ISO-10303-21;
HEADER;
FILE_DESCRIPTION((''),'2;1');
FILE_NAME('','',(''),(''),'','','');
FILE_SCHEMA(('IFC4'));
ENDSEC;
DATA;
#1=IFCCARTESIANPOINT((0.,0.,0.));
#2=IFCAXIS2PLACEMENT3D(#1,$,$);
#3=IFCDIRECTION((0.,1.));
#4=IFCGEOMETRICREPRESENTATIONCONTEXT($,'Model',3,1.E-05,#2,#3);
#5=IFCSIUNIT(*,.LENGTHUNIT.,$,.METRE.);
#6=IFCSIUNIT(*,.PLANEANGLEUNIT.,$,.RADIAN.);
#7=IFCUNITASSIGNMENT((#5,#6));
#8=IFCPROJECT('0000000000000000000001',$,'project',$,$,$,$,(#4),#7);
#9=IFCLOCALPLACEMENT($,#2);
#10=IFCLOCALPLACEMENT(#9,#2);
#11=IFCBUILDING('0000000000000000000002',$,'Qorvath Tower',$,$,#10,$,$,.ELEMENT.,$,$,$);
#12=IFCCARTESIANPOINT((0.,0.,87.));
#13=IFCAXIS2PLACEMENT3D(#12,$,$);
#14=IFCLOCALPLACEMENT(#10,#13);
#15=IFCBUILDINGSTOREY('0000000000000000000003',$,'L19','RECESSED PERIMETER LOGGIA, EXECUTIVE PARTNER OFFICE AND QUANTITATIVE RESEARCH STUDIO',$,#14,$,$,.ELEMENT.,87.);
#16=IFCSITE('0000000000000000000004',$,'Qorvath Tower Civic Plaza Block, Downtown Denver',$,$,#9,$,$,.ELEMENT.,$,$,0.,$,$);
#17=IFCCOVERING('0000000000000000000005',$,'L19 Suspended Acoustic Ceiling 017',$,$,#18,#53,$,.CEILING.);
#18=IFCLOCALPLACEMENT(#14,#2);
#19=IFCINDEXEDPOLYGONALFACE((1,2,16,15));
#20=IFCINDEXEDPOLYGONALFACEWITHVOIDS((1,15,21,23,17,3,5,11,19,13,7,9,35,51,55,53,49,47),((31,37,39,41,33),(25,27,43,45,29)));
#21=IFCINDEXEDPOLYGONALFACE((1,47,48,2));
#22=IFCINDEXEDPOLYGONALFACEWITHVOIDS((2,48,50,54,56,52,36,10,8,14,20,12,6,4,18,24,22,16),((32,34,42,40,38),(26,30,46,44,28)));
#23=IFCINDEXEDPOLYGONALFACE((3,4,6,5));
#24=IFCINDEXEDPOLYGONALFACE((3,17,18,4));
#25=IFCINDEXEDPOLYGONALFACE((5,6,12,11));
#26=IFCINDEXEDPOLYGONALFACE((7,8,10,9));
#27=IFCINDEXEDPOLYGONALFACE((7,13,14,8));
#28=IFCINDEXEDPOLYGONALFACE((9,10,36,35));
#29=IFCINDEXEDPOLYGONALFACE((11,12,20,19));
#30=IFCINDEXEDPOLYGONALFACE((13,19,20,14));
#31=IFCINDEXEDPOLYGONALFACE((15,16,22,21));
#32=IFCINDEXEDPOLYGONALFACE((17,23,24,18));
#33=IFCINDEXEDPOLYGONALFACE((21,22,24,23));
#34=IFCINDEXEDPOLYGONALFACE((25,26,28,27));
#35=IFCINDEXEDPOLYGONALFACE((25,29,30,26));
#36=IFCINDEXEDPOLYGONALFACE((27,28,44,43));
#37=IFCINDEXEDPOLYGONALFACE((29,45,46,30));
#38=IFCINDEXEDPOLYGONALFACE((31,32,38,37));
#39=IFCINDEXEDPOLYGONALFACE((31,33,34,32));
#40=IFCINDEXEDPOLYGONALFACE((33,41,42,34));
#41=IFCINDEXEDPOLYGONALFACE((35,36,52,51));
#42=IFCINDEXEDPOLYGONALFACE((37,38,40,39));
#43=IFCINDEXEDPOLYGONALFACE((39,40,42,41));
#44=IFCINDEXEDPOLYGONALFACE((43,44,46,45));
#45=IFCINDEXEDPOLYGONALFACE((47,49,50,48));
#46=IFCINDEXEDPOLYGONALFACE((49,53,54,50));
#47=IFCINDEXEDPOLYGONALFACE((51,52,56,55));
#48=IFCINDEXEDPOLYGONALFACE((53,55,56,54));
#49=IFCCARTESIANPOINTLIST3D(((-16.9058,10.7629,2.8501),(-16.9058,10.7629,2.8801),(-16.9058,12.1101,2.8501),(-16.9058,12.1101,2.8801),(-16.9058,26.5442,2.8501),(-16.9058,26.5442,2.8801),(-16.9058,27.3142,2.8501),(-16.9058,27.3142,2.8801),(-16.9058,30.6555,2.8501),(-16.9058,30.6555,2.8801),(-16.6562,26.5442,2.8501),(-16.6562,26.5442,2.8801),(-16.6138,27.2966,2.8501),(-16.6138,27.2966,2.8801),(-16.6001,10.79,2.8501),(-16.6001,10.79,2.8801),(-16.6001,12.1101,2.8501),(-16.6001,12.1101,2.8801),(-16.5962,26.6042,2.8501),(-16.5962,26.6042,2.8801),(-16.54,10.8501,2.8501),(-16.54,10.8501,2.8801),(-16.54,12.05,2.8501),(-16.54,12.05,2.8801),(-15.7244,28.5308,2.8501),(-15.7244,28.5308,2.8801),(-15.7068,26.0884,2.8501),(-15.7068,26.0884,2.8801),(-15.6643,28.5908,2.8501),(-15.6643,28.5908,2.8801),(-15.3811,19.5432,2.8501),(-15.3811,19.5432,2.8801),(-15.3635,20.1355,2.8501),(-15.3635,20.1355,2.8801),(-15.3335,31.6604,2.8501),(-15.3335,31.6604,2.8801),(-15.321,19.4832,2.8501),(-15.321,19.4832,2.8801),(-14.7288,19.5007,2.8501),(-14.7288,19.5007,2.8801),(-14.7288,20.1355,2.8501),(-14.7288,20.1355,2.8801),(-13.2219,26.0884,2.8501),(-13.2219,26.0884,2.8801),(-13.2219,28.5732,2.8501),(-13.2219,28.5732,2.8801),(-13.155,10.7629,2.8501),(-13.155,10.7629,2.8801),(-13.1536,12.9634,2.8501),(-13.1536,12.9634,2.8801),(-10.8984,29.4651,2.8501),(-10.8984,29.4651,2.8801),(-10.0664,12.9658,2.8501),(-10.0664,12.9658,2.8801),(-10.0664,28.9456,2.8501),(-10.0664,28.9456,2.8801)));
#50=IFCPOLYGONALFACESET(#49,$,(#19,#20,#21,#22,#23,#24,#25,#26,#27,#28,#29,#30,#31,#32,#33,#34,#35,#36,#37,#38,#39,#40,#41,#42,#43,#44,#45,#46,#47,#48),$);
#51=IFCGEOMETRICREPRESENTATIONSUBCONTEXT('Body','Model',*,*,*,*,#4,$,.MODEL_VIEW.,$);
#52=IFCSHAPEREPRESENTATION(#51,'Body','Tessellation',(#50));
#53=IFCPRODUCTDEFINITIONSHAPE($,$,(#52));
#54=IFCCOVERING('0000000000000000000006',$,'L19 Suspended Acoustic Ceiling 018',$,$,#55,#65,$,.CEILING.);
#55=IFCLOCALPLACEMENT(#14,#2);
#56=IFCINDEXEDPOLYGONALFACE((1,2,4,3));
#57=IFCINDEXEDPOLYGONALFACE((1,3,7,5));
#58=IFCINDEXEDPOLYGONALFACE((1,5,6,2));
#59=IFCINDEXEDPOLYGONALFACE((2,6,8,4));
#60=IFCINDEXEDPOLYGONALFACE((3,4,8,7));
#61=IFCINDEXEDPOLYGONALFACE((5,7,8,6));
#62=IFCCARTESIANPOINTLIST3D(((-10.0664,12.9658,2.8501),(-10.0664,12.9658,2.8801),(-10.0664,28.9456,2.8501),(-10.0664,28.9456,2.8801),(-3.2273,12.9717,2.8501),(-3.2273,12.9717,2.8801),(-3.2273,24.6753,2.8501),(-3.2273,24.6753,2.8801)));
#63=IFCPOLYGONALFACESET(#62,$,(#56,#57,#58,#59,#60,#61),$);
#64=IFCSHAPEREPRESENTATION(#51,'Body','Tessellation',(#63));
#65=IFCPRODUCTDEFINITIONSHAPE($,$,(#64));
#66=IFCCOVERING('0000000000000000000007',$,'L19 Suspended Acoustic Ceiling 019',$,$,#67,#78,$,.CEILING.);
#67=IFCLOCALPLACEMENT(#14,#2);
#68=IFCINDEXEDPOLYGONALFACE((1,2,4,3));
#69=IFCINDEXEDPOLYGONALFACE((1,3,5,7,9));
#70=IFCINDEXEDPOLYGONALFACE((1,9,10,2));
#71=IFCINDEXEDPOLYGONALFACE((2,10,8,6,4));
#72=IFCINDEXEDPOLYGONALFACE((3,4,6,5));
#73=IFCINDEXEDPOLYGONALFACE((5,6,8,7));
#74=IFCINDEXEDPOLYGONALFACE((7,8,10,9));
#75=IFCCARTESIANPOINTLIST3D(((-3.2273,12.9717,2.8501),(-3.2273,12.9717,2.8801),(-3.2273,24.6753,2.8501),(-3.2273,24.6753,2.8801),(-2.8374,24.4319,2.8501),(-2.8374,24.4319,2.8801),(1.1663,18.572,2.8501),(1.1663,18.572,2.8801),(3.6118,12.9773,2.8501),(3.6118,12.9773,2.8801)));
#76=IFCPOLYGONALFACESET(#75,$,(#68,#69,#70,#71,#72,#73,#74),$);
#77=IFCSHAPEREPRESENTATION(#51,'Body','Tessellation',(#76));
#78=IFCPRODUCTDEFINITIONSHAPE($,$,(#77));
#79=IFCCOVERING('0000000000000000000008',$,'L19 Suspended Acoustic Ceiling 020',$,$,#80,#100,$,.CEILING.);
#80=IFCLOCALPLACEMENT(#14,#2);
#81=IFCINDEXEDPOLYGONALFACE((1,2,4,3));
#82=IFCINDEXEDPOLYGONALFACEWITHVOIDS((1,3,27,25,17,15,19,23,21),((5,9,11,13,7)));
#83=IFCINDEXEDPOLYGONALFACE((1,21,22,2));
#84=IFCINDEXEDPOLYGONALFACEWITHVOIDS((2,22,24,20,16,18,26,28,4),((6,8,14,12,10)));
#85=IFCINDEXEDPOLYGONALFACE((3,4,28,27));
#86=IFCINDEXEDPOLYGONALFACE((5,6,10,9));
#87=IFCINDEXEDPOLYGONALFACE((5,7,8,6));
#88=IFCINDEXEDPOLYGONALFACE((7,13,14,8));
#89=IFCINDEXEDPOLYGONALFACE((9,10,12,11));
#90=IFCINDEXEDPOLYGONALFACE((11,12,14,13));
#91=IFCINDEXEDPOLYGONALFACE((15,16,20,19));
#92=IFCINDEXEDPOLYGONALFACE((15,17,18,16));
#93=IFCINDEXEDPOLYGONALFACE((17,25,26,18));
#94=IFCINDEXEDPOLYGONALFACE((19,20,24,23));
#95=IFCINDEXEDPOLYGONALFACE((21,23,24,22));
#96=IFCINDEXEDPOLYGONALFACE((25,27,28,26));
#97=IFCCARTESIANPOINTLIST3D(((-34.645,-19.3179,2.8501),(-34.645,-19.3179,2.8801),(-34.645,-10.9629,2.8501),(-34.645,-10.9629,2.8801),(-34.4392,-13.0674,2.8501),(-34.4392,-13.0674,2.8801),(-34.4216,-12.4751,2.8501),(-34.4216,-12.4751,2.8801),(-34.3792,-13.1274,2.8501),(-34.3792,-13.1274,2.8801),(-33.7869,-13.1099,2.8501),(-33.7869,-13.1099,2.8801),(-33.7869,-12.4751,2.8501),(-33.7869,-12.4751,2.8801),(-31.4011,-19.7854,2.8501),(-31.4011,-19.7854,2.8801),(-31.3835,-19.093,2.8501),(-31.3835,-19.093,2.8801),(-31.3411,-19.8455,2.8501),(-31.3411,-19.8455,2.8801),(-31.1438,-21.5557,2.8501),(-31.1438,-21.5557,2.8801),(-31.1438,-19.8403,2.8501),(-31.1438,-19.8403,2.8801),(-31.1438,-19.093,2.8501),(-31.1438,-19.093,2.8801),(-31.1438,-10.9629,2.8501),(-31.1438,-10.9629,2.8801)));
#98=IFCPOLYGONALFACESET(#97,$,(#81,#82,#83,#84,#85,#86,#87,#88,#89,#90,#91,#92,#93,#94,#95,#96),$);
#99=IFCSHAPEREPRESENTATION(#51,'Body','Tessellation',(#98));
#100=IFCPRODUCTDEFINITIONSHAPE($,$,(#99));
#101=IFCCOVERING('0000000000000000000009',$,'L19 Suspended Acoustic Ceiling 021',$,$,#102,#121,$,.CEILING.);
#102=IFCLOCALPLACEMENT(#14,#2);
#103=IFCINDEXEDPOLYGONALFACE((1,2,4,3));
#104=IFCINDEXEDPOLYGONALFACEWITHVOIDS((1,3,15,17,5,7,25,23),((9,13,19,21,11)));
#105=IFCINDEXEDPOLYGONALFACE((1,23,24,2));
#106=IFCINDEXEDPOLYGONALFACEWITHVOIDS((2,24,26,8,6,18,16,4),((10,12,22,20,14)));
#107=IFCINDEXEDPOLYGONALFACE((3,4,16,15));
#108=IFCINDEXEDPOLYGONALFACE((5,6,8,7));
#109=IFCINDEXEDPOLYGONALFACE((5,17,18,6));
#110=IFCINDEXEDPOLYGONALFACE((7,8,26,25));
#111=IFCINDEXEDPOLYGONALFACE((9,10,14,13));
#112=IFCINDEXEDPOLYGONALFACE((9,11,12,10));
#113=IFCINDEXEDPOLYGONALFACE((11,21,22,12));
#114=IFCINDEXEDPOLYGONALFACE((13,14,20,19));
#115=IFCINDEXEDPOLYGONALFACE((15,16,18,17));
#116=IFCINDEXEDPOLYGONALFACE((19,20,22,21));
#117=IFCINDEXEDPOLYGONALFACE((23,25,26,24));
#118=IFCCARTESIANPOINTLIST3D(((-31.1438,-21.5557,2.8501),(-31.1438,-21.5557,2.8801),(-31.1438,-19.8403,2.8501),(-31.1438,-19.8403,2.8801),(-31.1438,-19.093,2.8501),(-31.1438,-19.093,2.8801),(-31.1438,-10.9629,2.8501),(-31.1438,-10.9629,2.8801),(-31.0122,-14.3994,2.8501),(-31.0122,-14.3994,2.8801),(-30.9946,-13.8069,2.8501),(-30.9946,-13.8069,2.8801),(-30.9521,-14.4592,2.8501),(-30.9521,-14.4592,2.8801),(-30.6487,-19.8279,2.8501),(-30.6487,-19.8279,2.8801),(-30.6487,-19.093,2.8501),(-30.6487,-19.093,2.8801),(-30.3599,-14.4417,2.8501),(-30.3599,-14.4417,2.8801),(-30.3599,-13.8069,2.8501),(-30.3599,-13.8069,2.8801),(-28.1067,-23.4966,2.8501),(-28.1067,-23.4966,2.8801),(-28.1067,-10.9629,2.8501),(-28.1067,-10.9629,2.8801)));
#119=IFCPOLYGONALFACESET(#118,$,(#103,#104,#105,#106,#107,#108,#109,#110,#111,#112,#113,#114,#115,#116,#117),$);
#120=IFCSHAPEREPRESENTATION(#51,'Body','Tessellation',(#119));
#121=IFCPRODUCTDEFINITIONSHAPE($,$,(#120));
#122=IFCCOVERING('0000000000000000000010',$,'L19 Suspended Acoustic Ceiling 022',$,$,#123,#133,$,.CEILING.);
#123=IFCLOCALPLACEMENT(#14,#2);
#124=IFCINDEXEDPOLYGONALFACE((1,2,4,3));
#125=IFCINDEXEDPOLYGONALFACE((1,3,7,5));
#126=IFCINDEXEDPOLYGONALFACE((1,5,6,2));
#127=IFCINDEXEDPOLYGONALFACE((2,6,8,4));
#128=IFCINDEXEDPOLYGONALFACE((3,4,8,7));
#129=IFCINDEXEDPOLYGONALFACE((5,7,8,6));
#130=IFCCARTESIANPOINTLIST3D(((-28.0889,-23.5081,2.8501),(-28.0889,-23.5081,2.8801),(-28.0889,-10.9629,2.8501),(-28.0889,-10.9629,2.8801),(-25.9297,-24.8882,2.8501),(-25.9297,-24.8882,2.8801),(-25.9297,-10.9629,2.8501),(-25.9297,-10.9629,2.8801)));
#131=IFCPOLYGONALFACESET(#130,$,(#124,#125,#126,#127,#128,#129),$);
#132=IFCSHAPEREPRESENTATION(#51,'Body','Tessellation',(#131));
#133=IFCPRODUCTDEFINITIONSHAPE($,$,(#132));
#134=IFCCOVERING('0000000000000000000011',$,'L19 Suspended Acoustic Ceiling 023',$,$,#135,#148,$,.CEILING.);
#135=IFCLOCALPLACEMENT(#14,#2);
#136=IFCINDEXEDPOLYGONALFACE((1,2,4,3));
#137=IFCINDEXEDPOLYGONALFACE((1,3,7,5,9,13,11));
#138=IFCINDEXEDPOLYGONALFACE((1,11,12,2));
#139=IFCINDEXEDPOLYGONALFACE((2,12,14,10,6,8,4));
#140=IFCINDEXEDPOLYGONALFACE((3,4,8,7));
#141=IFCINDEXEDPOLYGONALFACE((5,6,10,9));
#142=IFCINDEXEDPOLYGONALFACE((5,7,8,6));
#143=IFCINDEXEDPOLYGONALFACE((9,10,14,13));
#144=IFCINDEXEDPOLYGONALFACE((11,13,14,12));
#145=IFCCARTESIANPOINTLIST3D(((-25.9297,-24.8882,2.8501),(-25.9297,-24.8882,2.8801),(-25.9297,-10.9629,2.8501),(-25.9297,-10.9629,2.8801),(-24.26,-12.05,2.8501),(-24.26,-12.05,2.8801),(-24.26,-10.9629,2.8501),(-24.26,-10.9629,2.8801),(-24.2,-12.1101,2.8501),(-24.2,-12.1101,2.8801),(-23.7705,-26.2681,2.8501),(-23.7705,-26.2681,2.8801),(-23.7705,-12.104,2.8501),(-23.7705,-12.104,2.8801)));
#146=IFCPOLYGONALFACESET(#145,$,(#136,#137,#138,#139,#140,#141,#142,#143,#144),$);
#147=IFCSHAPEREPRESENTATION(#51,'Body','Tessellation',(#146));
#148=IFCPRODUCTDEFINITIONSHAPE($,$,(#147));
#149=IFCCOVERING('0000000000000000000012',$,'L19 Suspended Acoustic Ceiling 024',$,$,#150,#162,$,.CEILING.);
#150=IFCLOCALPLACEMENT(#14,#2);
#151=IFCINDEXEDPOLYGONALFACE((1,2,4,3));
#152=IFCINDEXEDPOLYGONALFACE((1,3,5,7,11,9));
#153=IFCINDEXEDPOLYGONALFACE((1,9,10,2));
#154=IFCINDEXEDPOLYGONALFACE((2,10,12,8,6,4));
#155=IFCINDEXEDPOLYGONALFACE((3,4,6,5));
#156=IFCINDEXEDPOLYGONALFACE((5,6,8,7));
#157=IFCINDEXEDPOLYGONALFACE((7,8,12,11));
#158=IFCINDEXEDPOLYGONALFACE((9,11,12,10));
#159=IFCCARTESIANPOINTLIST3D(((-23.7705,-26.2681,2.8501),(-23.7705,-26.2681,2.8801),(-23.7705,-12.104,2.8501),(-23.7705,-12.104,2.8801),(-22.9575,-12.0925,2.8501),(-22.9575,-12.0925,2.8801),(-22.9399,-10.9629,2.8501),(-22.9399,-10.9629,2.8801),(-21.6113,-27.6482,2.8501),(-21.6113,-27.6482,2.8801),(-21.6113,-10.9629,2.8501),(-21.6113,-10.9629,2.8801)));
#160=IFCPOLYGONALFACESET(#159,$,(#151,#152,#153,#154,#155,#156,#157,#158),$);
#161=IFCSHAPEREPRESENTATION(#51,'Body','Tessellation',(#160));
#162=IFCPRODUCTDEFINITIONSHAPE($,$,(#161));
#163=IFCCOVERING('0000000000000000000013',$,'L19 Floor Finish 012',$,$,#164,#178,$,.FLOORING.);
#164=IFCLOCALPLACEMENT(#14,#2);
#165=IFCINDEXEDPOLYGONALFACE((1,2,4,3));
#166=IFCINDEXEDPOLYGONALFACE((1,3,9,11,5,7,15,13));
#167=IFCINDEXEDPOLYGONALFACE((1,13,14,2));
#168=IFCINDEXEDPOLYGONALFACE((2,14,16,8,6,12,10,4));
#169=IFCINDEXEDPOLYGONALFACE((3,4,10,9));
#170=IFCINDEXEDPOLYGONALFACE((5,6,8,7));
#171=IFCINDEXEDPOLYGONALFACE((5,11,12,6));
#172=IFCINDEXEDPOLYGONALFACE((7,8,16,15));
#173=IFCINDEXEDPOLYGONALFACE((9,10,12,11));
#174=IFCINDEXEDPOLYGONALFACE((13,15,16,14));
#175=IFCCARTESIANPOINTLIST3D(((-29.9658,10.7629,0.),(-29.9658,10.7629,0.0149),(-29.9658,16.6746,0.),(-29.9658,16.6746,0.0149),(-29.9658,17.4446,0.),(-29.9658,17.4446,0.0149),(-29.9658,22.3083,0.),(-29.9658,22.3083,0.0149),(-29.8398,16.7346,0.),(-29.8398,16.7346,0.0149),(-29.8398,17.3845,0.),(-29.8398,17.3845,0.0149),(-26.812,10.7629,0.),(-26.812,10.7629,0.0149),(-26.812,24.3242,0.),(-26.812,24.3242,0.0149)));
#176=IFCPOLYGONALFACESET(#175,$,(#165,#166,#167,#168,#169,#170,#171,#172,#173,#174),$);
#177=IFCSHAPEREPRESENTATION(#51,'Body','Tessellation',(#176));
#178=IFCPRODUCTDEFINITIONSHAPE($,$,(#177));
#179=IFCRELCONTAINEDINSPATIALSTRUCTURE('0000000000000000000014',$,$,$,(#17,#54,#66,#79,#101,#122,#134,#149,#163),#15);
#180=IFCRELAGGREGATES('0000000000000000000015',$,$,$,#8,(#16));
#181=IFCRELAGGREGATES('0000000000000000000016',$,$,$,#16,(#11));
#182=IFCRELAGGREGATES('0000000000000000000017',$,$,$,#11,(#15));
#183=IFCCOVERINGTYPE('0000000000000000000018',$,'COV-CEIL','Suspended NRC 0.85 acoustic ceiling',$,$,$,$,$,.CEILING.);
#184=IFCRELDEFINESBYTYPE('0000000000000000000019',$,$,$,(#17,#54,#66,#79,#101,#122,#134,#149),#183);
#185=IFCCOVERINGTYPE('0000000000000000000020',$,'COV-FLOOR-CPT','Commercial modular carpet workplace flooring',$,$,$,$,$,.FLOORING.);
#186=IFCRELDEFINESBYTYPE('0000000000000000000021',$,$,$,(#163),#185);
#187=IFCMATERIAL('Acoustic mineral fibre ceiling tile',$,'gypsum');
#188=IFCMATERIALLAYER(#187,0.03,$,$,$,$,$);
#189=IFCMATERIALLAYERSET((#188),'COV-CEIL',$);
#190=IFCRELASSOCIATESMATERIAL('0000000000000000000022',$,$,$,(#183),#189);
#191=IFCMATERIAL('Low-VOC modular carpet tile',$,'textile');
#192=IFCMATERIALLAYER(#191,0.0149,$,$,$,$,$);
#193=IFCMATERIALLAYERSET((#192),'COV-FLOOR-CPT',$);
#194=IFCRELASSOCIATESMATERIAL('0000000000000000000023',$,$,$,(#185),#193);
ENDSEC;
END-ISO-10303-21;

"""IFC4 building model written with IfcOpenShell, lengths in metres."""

from ifc_helpers import new_model, si_unit, direction, frame, origin, place, context, subcontext, project, spatial, polyline, outline, extrude, material, layer, layer_set, type_object, element, save


model = new_model("IFC4")

# Units and contexts
model_context = context("Model", 3, precision=1e-05, world=origin(), true_north=direction((0.0, 1.0)))
body_context = subcontext(model_context, "Body", "Model", "MODEL_VIEW")
ifc_project = project(units=[si_unit("LENGTHUNIT", "METRE"), si_unit("PLANEANGLEUNIT", "RADIAN")], contexts=[model_context])

# Site, building, storey
site_placement = place(None, origin())
site = spatial("IfcSite", under=ifc_project, at=site_placement, Name="Qorvath Tower Civic Plaza Block, Downtown Denver", CompositionType="ELEMENT", RefElevation=0.0)
building_placement = place(site_placement, origin())
building = spatial("IfcBuilding", under=site, at=building_placement, Name="Qorvath Tower", CompositionType="ELEMENT")
storey_placement = place(building_placement, frame((0.0, 0.0, 87.0)))
storey = spatial("IfcBuildingStorey", under=building, at=storey_placement, Name="L19", Description="RECESSED PERIMETER LOGGIA, EXECUTIVE PARTNER OFFICE AND QUANTITATIVE RESEARCH STUDIO", CompositionType="ELEMENT", Elevation=87.0)

# Coverings
ifc_material_1 = material(Name="Acoustic mineral fibre ceiling tile", Category="gypsum")
ifc_layer_1 = layer(ifc_material_1, 0.03)
ifc_layer_set_1 = layer_set([ifc_layer_1], Name="COV-CEIL")
covering_type_1 = type_object("IfcCoveringType", Name="COV-CEIL", Description="Suspended NRC 0.85 acoustic ceiling", PredefinedType="CEILING", material=ifc_layer_set_1)
covering_1_placement = place(storey_placement, frame((0.0, 0.0, 2.8501)))
element("IfcCovering", 1, at=covering_1_placement, inside=storey, type_object=covering_type_1, Name="L19 Suspended Acoustic Ceiling 017", PredefinedType="CEILING", context=body_context, shape_type="SweptSolid", body=[
    extrude(outline(polyline([(-13.1536, 12.9634), (-10.0664, 12.9658), (-10.0664, 28.9456), (-10.8984, 29.4651), (-15.3335, 31.6604), (-16.9058, 30.6555), (-16.9058, 27.3142), (-16.6138, 27.2966), (-16.5962, 26.6042), (-16.6562, 26.5442), (-16.9058, 26.5442), (-16.9058, 12.1101), (-16.6001, 12.1101), (-16.54, 12.05), (-16.54, 10.8501), (-16.6001, 10.79), (-16.9058, 10.7629), (-13.155, 10.7629), (-13.1536, 12.9634)]), holes=[polyline([(-15.7244, 28.5308), (-15.6643, 28.5908), (-13.2219, 28.5732), (-13.2219, 26.0884), (-15.7068, 26.0884), (-15.7244, 28.5308)]), polyline([(-15.3811, 19.5432), (-15.3635, 20.1355), (-14.7288, 20.1355), (-14.7288, 19.5007), (-15.321, 19.4832), (-15.3811, 19.5432)])]), origin(), (0.0, 0.0, 1.0), 0.03),
])
covering_2_placement = place(storey_placement, frame((0.0, 0.0, 2.8501)))
element("IfcCovering", 2, at=covering_2_placement, inside=storey, type_object=covering_type_1, Name="L19 Suspended Acoustic Ceiling 018", PredefinedType="CEILING", context=body_context, shape_type="SweptSolid", body=[
    extrude(outline(polyline([(-10.0664, 28.9456), (-10.0664, 12.9658), (-3.2273, 12.9717), (-3.2273, 24.6753), (-10.0664, 28.9456)])), origin(), (0.0, 0.0, 1.0), 0.03),
])
covering_3_placement = place(storey_placement, frame((0.0, 0.0, 2.8501)))
element("IfcCovering", 3, at=covering_3_placement, inside=storey, type_object=covering_type_1, Name="L19 Suspended Acoustic Ceiling 019", PredefinedType="CEILING", context=body_context, shape_type="SweptSolid", body=[
    extrude(outline(polyline([(-3.2273, 24.6753), (-3.2273, 12.9717), (3.6118, 12.9773), (1.1663, 18.572), (-2.8374, 24.4319), (-3.2273, 24.6753)])), origin(), (0.0, 0.0, 1.0), 0.03),
])
covering_4_placement = place(storey_placement, frame((0.0, 0.0, 2.8501)))
element("IfcCovering", 4, at=covering_4_placement, inside=storey, type_object=covering_type_1, Name="L19 Suspended Acoustic Ceiling 020", PredefinedType="CEILING", context=body_context, shape_type="SweptSolid", body=[
    extrude(outline(polyline([(-34.645, -10.9629), (-34.645, -19.3179), (-31.1438, -21.5557), (-31.1438, -19.8403), (-31.3411, -19.8455), (-31.4011, -19.7854), (-31.3835, -19.093), (-31.1438, -19.093), (-31.1438, -10.9629), (-34.645, -10.9629)]), holes=[polyline([(-34.4392, -13.0674), (-34.4216, -12.4751), (-33.7869, -12.4751), (-33.7869, -13.1099), (-34.3792, -13.1274), (-34.4392, -13.0674)])]), origin(), (0.0, 0.0, 1.0), 0.03),
])
covering_5_placement = place(storey_placement, frame((0.0, 0.0, 2.8501)))
element("IfcCovering", 5, at=covering_5_placement, inside=storey, type_object=covering_type_1, Name="L19 Suspended Acoustic Ceiling 021", PredefinedType="CEILING", context=body_context, shape_type="SweptSolid", body=[
    extrude(outline(polyline([(-31.1438, -10.9629), (-31.1438, -19.093), (-30.6487, -19.093), (-30.6487, -19.8279), (-31.1438, -19.8403), (-31.1438, -21.5557), (-28.1067, -23.4966), (-28.1067, -10.9629), (-31.1438, -10.9629)]), holes=[polyline([(-31.0122, -14.3994), (-30.9946, -13.8069), (-30.3599, -13.8069), (-30.3599, -14.4417), (-30.9521, -14.4592), (-31.0122, -14.3994)])]), origin(), (0.0, 0.0, 1.0), 0.03),
])
covering_6_placement = place(storey_placement, frame((0.0, 0.0, 2.8501)))
element("IfcCovering", 6, at=covering_6_placement, inside=storey, type_object=covering_type_1, Name="L19 Suspended Acoustic Ceiling 022", PredefinedType="CEILING", context=body_context, shape_type="SweptSolid", body=[
    extrude(outline(polyline([(-25.9297, -24.8882), (-25.9297, -10.9629), (-28.0889, -10.9629), (-28.0889, -23.5081), (-25.9297, -24.8882)])), origin(), (0.0, 0.0, 1.0), 0.03),
])
covering_7_placement = place(storey_placement, frame((0.0, 0.0, 2.8501)))
element("IfcCovering", 7, at=covering_7_placement, inside=storey, type_object=covering_type_1, Name="L19 Suspended Acoustic Ceiling 023", PredefinedType="CEILING", context=body_context, shape_type="SweptSolid", body=[
    extrude(outline(polyline([(-23.7705, -26.2681), (-23.7705, -12.104), (-24.2, -12.1101), (-24.26, -12.05), (-24.26, -10.9629), (-25.9297, -10.9629), (-25.9297, -24.8882), (-23.7705, -26.2681)])), origin(), (0.0, 0.0, 1.0), 0.03),
])
covering_8_placement = place(storey_placement, frame((0.0, 0.0, 2.8501)))
element("IfcCovering", 8, at=covering_8_placement, inside=storey, type_object=covering_type_1, Name="L19 Suspended Acoustic Ceiling 024", PredefinedType="CEILING", context=body_context, shape_type="SweptSolid", body=[
    extrude(outline(polyline([(-21.6113, -27.6482), (-21.6113, -10.9629), (-22.9399, -10.9629), (-22.9575, -12.0925), (-23.7705, -12.104), (-23.7705, -26.2681), (-21.6113, -27.6482)])), origin(), (0.0, 0.0, 1.0), 0.03),
])
ifc_material_2 = material(Name="Low-VOC modular carpet tile", Category="textile")
ifc_layer_2 = layer(ifc_material_2, 0.0149)
ifc_layer_set_2 = layer_set([ifc_layer_2], Name="COV-FLOOR-CPT")
covering_type_2 = type_object("IfcCoveringType", Name="COV-FLOOR-CPT", Description="Commercial modular carpet workplace flooring", PredefinedType="FLOORING", material=ifc_layer_set_2)
covering_9_placement = place(storey_placement, origin())
element("IfcCovering", 9, at=covering_9_placement, inside=storey, type_object=covering_type_2, Name="L19 Floor Finish 012", PredefinedType="FLOORING", context=body_context, shape_type="SweptSolid", body=[
    extrude(outline(polyline([(-26.812, 10.7629), (-26.812, 24.3242), (-29.9658, 22.3083), (-29.9658, 17.4446), (-29.8398, 17.3845), (-29.8398, 16.7346), (-29.9658, 16.6746), (-29.9658, 10.7629), (-26.812, 10.7629)])), origin(), (0.0, 0.0, 1.0), 0.0149),
])

save(model, "model.ifc")
